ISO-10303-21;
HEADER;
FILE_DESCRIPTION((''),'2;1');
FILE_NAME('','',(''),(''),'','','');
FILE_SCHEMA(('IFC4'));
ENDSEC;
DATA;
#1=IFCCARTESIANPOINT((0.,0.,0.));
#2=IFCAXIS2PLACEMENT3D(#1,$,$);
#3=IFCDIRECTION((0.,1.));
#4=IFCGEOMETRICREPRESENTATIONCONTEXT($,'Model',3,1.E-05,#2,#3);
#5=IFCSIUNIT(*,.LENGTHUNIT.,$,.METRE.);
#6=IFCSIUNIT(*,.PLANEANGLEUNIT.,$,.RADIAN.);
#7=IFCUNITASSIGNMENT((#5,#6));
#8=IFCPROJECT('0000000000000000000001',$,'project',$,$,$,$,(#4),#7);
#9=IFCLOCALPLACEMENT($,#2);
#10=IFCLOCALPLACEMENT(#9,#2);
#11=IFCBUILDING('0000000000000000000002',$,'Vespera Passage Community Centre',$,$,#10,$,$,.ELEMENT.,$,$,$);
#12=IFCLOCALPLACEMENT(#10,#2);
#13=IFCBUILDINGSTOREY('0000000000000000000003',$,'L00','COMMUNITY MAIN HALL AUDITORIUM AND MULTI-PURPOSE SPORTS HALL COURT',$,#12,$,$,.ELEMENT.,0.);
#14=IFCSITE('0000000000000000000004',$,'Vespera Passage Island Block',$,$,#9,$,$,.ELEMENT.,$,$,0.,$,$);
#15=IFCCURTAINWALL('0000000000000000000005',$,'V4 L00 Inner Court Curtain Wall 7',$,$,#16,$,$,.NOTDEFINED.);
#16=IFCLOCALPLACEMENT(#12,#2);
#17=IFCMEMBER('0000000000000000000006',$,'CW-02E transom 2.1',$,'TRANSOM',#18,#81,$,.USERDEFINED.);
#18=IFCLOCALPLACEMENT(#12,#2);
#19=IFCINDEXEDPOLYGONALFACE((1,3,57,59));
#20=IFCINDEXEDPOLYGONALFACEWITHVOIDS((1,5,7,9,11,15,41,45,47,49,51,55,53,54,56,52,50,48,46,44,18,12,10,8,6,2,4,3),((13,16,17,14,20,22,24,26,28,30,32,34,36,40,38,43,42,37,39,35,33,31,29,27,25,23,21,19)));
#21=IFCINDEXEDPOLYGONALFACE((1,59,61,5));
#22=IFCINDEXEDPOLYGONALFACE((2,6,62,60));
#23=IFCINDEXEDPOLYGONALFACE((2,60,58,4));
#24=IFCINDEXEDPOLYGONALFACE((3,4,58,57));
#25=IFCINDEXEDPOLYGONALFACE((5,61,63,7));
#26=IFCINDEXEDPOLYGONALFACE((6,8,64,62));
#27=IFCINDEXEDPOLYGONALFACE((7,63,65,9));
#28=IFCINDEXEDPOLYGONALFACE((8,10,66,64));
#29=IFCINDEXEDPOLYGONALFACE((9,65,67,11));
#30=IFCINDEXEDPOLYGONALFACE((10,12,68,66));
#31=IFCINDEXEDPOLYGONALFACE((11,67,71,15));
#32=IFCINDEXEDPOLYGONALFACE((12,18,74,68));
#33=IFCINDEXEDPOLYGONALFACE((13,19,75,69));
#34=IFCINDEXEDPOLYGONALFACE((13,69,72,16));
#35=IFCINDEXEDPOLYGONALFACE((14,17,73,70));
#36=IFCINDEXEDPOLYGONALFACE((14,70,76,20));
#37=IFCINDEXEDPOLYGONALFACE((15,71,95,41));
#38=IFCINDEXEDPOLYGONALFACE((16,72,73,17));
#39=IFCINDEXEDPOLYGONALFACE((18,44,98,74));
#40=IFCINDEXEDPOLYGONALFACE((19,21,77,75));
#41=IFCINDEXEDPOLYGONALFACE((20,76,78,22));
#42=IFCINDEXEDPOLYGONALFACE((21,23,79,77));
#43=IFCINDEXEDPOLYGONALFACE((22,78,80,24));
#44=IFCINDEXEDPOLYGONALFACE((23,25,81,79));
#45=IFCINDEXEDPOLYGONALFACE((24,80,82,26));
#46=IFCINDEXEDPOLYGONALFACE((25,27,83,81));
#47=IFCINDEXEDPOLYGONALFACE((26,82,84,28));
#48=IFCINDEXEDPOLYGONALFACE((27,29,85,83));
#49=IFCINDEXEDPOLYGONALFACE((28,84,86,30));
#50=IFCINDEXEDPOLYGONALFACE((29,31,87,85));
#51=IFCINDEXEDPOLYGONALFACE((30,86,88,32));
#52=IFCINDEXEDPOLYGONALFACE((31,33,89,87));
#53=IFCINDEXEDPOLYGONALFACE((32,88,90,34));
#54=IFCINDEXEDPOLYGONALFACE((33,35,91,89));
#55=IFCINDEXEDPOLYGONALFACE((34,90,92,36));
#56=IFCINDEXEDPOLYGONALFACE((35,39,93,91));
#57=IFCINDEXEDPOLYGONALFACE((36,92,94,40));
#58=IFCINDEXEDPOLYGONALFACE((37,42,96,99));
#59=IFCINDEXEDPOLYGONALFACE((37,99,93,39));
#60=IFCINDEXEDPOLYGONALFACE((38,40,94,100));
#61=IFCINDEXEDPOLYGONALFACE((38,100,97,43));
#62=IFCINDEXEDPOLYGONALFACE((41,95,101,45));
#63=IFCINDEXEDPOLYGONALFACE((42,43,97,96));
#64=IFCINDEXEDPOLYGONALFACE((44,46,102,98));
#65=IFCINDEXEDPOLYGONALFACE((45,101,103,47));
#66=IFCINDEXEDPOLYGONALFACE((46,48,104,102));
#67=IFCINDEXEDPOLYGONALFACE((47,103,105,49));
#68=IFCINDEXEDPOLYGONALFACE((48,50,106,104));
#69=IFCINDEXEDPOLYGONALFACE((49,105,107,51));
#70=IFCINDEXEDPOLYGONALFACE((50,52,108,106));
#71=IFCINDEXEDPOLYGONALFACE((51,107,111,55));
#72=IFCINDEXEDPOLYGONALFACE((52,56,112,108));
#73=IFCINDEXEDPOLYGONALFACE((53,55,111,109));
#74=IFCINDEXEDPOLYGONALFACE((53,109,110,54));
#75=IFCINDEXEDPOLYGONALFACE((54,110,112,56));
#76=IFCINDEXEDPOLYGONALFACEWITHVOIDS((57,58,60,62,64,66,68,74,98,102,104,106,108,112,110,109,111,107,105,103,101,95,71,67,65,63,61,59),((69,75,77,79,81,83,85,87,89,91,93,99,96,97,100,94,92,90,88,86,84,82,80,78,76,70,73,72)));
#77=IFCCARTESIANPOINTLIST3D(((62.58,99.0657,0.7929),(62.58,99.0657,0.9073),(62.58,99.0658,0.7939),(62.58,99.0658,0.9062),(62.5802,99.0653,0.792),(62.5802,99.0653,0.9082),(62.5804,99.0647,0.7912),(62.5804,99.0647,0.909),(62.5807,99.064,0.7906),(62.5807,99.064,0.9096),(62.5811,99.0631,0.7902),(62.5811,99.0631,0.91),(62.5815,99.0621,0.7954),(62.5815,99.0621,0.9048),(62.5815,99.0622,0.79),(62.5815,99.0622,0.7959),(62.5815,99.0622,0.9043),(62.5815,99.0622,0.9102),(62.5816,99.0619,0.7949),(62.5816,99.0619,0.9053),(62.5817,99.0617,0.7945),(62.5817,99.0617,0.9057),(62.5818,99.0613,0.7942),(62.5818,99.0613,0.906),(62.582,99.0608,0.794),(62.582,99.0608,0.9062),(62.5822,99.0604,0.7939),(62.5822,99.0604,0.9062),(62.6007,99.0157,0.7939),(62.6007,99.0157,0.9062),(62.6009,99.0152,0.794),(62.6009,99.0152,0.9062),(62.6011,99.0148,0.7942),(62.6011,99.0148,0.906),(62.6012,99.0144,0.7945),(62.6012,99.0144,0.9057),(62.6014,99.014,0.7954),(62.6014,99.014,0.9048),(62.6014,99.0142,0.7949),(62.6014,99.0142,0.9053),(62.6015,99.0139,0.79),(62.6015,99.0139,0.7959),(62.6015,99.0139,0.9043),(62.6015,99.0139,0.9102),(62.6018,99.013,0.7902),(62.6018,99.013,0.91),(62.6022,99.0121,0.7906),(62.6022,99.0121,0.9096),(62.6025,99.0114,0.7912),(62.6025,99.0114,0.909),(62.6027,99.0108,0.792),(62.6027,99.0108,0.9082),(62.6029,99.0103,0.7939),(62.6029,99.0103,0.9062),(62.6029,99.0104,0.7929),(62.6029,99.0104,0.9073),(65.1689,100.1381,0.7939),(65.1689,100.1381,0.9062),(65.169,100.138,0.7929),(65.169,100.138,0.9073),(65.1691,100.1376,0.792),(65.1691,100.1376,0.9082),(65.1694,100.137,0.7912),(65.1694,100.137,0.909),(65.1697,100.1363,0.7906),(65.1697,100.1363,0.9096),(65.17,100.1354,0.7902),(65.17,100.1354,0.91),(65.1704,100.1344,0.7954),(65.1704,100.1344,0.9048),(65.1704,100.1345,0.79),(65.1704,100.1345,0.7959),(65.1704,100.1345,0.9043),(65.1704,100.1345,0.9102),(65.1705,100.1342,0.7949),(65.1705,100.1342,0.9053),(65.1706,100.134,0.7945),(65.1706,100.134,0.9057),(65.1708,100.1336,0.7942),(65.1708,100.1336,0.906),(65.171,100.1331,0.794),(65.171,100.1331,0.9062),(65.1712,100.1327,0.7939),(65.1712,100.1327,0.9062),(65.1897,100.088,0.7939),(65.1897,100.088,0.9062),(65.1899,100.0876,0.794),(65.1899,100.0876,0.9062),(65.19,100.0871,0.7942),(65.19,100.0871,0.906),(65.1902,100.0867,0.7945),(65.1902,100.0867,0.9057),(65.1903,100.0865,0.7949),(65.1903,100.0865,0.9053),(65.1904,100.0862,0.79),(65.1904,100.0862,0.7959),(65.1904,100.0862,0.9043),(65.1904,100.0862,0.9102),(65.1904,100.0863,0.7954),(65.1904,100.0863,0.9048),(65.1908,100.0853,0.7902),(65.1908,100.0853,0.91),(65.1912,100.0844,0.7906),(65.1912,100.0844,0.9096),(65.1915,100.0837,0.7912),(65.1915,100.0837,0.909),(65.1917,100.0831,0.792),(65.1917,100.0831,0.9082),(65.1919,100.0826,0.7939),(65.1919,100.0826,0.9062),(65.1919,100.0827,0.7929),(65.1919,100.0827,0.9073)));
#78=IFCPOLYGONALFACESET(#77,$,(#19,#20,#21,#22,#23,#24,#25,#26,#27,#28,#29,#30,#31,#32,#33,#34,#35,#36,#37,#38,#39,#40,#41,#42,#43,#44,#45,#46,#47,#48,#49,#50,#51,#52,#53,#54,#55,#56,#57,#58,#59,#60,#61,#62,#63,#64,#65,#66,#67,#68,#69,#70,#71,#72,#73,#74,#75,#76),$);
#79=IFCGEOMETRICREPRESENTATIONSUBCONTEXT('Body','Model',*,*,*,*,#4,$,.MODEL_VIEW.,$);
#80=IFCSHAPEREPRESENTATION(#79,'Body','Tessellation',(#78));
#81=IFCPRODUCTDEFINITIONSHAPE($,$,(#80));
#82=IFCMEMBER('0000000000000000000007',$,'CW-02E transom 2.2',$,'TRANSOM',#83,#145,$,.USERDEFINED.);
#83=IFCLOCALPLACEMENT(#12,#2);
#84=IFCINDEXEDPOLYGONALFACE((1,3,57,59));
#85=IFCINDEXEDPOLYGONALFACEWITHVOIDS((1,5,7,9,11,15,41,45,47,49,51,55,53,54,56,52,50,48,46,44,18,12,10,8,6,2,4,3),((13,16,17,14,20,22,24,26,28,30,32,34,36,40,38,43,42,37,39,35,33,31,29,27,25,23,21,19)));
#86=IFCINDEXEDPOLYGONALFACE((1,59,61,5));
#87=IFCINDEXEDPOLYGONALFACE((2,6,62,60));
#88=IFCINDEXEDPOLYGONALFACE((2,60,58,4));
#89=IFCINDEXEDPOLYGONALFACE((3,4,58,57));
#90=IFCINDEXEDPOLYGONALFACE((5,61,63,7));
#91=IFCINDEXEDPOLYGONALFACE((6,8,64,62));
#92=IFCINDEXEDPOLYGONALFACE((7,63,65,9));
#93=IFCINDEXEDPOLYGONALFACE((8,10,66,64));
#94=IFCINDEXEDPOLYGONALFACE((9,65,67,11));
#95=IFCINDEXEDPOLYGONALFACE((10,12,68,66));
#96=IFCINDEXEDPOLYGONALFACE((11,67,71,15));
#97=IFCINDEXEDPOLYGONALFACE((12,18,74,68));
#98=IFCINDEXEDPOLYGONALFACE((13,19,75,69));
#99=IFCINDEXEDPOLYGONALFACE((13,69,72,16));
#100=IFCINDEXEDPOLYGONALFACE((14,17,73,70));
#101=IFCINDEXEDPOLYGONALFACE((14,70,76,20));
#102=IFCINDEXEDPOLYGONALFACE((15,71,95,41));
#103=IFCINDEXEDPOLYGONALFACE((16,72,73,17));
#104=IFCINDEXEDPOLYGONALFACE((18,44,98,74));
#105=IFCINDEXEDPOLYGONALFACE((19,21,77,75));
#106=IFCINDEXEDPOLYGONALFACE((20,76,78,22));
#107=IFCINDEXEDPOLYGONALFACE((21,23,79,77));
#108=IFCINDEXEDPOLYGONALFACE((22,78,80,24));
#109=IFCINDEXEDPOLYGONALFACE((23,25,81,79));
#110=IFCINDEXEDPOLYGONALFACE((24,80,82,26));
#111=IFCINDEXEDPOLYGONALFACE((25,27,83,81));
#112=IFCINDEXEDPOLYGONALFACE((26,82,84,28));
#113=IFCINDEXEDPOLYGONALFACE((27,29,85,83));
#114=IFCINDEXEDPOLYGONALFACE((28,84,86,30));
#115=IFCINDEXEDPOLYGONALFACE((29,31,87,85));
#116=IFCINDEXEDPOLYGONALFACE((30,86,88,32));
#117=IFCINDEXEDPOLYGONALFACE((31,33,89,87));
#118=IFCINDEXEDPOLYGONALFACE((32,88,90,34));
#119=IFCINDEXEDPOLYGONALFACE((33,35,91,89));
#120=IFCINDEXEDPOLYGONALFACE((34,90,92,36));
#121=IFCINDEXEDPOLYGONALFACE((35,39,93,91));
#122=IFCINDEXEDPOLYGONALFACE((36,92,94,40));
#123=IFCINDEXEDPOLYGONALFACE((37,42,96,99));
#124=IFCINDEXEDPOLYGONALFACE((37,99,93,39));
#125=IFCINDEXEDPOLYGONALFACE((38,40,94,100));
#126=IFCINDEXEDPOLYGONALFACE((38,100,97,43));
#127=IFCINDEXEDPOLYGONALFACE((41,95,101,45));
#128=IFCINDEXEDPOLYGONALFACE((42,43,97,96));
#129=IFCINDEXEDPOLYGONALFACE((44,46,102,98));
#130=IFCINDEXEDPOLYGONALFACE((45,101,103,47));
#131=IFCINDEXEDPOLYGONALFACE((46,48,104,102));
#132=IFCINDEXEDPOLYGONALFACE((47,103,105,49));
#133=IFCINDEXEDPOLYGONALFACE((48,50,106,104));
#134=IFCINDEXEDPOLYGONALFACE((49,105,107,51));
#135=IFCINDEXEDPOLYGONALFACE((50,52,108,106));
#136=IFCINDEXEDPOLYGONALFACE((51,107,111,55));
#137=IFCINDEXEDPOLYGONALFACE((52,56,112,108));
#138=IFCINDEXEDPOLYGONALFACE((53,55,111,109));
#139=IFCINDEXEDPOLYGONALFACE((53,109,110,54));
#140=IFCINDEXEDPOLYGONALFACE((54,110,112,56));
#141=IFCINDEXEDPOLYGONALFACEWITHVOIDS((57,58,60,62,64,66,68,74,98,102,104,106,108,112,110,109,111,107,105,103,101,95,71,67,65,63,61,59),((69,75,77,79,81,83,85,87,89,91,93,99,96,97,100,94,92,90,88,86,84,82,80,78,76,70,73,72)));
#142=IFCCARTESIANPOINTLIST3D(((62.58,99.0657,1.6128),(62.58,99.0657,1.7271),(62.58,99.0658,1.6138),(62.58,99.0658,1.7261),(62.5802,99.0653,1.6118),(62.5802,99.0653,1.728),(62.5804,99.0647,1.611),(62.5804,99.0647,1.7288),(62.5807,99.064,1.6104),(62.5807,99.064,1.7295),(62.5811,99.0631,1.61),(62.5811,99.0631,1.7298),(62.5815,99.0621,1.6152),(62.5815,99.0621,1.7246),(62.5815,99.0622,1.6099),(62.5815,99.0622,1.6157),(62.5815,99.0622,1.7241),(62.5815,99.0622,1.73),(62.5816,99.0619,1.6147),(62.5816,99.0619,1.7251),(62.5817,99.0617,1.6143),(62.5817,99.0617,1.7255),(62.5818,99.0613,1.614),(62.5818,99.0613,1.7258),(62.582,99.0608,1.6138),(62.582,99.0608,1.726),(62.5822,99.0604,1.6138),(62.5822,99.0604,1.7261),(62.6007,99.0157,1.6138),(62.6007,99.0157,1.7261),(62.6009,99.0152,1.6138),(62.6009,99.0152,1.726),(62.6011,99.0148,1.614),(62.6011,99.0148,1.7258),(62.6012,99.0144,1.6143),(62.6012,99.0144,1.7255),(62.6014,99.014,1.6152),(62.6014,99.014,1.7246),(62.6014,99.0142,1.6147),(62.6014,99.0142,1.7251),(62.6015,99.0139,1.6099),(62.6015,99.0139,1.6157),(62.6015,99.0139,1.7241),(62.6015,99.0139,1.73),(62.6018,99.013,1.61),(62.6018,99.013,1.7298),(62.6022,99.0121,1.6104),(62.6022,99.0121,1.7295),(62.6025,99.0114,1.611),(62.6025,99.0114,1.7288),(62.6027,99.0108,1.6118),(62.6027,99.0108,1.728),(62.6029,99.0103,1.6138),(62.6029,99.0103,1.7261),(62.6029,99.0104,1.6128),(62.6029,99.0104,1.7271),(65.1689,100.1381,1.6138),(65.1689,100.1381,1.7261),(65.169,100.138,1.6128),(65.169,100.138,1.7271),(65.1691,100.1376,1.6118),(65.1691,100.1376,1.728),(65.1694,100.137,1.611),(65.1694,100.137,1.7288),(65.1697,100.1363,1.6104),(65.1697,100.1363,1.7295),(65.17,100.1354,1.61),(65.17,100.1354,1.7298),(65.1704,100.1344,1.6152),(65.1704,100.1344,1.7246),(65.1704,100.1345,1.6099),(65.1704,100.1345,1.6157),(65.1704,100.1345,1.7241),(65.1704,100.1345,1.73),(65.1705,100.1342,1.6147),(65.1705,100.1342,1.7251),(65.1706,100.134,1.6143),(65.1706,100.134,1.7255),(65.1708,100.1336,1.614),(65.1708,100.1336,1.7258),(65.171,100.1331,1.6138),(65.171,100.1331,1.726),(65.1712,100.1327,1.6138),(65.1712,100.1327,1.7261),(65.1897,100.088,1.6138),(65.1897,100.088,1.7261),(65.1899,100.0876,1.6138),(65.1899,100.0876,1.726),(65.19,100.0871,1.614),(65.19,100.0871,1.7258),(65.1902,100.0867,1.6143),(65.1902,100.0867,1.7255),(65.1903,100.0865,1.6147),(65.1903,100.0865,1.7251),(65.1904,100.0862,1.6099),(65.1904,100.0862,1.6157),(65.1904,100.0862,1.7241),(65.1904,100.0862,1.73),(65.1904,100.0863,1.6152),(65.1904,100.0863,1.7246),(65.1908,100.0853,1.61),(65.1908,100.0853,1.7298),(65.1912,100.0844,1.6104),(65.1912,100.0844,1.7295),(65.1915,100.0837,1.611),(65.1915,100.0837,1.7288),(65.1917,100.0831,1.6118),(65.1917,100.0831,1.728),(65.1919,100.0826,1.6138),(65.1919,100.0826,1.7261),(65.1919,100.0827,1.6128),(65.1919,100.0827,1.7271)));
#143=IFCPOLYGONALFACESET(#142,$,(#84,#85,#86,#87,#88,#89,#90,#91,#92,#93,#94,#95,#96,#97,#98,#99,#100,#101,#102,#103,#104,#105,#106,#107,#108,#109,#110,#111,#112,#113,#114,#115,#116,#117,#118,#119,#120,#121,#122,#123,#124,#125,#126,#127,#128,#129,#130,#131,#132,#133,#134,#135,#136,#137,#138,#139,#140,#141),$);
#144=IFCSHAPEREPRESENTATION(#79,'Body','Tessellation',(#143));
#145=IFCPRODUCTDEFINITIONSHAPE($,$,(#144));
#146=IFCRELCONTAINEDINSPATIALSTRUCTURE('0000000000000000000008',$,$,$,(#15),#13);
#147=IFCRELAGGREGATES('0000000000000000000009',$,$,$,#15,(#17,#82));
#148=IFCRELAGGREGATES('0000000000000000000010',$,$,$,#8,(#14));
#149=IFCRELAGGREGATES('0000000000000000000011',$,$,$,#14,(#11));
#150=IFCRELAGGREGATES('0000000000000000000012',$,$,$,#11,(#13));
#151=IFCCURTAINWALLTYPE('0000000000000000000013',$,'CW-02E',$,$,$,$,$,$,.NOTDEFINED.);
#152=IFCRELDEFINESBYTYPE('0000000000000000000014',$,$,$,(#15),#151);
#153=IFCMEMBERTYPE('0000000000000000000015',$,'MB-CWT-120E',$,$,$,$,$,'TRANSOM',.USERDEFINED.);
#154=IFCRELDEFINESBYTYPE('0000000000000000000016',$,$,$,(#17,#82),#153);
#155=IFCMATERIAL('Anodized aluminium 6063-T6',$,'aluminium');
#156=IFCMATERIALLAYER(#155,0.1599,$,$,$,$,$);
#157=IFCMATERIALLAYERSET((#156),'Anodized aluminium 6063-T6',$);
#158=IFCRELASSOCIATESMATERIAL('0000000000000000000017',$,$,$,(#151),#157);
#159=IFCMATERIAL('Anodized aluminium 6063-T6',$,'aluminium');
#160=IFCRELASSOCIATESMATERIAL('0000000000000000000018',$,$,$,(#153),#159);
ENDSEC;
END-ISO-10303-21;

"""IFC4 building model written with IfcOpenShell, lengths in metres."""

from ifc_helpers import new_model, si_unit, direction, frame, origin, origin_2d, place, context, subcontext, project, spatial, hollow_rectangle, extrude, material, layer, layer_set, material_profile, profile_set, type_object, element, aggregate, save


model = new_model("IFC4")

# Units and contexts
model_context = context("Model", 3, precision=1e-05, world=origin(), true_north=direction((0.0, 1.0)))
body_context = subcontext(model_context, "Body", "Model", "MODEL_VIEW")
ifc_project = project(units=[si_unit("LENGTHUNIT", "METRE"), si_unit("PLANEANGLEUNIT", "RADIAN")], contexts=[model_context])

# Site, building, storey
site_placement = place(None, origin())
site = spatial("IfcSite", under=ifc_project, at=site_placement, Name="Vespera Passage Island Block", CompositionType="ELEMENT", RefElevation=0.0)
building_placement = place(site_placement, origin())
building = spatial("IfcBuilding", under=site, at=building_placement, Name="Vespera Passage Community Centre", CompositionType="ELEMENT")
storey_placement = place(building_placement, origin())
storey = spatial("IfcBuildingStorey", under=building, at=storey_placement, Name="L00", Description="COMMUNITY MAIN HALL AUDITORIUM AND MULTI-PURPOSE SPORTS HALL COURT", CompositionType="ELEMENT", Elevation=0.0)

# Curtain wall
ifc_material_1 = material(Name="Anodized aluminium 6063-T6", Category="aluminium")
ifc_layer_1 = layer(ifc_material_1, 0.1599)
ifc_layer_set_1 = layer_set([ifc_layer_1], Name="Anodized aluminium 6063-T6")
curtain_wall_type_1 = type_object("IfcCurtainWallType", Name="CW-02E", PredefinedType="NOTDEFINED", material=ifc_layer_set_1)
curtain_wall_1_placement = place(storey_placement, origin())
curtain_wall_1 = element("IfcCurtainWall", 1, at=curtain_wall_1_placement, inside=storey, type_object=curtain_wall_type_1, Name="V4 L00 Inner Court Curtain Wall 7", PredefinedType="NOTDEFINED")

# Members
ifc_material_2 = material(Name="Anodized aluminium 6063-T6", Category="aluminium")
ifc_material_profile_1 = material_profile(ifc_material_2, hollow_rectangle(XDim=0.0601, YDim=0.1201, WallThickness=0.0039, InnerFilletRadius=0.002, OuterFilletRadius=0.0039, at=origin_2d()), Name="ALU120X60X4")
ifc_profile_set_1 = profile_set([ifc_material_profile_1], Name="Anodized aluminium 6063-T6")
member_type_1 = type_object("IfcMemberType", Name="MB-CWT-120E", ElementType="TRANSOM", PredefinedType="USERDEFINED", material=ifc_profile_set_1)
member_1_placement = place(storey_placement, frame((65.1804, 100.1104, 0.8501), z_axis=(-0.923889, -0.38266, 0.0), x_axis=(0.38266, -0.923889, 0.0)))
member_1 = element("IfcMember", 2, at=member_1_placement, type_object=member_type_1, Name="CW-02E transom 2.1", ObjectType="TRANSOM", PredefinedType="USERDEFINED", context=body_context, shape_type="SweptSolid", body=[
    extrude(hollow_rectangle(XDim=0.0601, YDim=0.1201, WallThickness=0.0039, InnerFilletRadius=0.002, OuterFilletRadius=0.0039, at=origin_2d()), origin(), (0.0, 0.0, 1.0), 2.8022),
])
member_2_placement = place(storey_placement, frame((65.1804, 100.1104, 1.6699), z_axis=(-0.923889, -0.38266, 0.0), x_axis=(0.38266, -0.923889, 0.0)))
member_2 = element("IfcMember", 3, at=member_2_placement, type_object=member_type_1, Name="CW-02E transom 2.2", ObjectType="TRANSOM", PredefinedType="USERDEFINED", context=body_context, shape_type="SweptSolid", body=[
    extrude(hollow_rectangle(XDim=0.0601, YDim=0.1201, WallThickness=0.0039, InnerFilletRadius=0.002, OuterFilletRadius=0.0039, at=origin_2d()), origin(), (0.0, 0.0, 1.0), 2.8022),
])

aggregate(curtain_wall_1, [member_1, member_2])

save(model, "model.ifc")
